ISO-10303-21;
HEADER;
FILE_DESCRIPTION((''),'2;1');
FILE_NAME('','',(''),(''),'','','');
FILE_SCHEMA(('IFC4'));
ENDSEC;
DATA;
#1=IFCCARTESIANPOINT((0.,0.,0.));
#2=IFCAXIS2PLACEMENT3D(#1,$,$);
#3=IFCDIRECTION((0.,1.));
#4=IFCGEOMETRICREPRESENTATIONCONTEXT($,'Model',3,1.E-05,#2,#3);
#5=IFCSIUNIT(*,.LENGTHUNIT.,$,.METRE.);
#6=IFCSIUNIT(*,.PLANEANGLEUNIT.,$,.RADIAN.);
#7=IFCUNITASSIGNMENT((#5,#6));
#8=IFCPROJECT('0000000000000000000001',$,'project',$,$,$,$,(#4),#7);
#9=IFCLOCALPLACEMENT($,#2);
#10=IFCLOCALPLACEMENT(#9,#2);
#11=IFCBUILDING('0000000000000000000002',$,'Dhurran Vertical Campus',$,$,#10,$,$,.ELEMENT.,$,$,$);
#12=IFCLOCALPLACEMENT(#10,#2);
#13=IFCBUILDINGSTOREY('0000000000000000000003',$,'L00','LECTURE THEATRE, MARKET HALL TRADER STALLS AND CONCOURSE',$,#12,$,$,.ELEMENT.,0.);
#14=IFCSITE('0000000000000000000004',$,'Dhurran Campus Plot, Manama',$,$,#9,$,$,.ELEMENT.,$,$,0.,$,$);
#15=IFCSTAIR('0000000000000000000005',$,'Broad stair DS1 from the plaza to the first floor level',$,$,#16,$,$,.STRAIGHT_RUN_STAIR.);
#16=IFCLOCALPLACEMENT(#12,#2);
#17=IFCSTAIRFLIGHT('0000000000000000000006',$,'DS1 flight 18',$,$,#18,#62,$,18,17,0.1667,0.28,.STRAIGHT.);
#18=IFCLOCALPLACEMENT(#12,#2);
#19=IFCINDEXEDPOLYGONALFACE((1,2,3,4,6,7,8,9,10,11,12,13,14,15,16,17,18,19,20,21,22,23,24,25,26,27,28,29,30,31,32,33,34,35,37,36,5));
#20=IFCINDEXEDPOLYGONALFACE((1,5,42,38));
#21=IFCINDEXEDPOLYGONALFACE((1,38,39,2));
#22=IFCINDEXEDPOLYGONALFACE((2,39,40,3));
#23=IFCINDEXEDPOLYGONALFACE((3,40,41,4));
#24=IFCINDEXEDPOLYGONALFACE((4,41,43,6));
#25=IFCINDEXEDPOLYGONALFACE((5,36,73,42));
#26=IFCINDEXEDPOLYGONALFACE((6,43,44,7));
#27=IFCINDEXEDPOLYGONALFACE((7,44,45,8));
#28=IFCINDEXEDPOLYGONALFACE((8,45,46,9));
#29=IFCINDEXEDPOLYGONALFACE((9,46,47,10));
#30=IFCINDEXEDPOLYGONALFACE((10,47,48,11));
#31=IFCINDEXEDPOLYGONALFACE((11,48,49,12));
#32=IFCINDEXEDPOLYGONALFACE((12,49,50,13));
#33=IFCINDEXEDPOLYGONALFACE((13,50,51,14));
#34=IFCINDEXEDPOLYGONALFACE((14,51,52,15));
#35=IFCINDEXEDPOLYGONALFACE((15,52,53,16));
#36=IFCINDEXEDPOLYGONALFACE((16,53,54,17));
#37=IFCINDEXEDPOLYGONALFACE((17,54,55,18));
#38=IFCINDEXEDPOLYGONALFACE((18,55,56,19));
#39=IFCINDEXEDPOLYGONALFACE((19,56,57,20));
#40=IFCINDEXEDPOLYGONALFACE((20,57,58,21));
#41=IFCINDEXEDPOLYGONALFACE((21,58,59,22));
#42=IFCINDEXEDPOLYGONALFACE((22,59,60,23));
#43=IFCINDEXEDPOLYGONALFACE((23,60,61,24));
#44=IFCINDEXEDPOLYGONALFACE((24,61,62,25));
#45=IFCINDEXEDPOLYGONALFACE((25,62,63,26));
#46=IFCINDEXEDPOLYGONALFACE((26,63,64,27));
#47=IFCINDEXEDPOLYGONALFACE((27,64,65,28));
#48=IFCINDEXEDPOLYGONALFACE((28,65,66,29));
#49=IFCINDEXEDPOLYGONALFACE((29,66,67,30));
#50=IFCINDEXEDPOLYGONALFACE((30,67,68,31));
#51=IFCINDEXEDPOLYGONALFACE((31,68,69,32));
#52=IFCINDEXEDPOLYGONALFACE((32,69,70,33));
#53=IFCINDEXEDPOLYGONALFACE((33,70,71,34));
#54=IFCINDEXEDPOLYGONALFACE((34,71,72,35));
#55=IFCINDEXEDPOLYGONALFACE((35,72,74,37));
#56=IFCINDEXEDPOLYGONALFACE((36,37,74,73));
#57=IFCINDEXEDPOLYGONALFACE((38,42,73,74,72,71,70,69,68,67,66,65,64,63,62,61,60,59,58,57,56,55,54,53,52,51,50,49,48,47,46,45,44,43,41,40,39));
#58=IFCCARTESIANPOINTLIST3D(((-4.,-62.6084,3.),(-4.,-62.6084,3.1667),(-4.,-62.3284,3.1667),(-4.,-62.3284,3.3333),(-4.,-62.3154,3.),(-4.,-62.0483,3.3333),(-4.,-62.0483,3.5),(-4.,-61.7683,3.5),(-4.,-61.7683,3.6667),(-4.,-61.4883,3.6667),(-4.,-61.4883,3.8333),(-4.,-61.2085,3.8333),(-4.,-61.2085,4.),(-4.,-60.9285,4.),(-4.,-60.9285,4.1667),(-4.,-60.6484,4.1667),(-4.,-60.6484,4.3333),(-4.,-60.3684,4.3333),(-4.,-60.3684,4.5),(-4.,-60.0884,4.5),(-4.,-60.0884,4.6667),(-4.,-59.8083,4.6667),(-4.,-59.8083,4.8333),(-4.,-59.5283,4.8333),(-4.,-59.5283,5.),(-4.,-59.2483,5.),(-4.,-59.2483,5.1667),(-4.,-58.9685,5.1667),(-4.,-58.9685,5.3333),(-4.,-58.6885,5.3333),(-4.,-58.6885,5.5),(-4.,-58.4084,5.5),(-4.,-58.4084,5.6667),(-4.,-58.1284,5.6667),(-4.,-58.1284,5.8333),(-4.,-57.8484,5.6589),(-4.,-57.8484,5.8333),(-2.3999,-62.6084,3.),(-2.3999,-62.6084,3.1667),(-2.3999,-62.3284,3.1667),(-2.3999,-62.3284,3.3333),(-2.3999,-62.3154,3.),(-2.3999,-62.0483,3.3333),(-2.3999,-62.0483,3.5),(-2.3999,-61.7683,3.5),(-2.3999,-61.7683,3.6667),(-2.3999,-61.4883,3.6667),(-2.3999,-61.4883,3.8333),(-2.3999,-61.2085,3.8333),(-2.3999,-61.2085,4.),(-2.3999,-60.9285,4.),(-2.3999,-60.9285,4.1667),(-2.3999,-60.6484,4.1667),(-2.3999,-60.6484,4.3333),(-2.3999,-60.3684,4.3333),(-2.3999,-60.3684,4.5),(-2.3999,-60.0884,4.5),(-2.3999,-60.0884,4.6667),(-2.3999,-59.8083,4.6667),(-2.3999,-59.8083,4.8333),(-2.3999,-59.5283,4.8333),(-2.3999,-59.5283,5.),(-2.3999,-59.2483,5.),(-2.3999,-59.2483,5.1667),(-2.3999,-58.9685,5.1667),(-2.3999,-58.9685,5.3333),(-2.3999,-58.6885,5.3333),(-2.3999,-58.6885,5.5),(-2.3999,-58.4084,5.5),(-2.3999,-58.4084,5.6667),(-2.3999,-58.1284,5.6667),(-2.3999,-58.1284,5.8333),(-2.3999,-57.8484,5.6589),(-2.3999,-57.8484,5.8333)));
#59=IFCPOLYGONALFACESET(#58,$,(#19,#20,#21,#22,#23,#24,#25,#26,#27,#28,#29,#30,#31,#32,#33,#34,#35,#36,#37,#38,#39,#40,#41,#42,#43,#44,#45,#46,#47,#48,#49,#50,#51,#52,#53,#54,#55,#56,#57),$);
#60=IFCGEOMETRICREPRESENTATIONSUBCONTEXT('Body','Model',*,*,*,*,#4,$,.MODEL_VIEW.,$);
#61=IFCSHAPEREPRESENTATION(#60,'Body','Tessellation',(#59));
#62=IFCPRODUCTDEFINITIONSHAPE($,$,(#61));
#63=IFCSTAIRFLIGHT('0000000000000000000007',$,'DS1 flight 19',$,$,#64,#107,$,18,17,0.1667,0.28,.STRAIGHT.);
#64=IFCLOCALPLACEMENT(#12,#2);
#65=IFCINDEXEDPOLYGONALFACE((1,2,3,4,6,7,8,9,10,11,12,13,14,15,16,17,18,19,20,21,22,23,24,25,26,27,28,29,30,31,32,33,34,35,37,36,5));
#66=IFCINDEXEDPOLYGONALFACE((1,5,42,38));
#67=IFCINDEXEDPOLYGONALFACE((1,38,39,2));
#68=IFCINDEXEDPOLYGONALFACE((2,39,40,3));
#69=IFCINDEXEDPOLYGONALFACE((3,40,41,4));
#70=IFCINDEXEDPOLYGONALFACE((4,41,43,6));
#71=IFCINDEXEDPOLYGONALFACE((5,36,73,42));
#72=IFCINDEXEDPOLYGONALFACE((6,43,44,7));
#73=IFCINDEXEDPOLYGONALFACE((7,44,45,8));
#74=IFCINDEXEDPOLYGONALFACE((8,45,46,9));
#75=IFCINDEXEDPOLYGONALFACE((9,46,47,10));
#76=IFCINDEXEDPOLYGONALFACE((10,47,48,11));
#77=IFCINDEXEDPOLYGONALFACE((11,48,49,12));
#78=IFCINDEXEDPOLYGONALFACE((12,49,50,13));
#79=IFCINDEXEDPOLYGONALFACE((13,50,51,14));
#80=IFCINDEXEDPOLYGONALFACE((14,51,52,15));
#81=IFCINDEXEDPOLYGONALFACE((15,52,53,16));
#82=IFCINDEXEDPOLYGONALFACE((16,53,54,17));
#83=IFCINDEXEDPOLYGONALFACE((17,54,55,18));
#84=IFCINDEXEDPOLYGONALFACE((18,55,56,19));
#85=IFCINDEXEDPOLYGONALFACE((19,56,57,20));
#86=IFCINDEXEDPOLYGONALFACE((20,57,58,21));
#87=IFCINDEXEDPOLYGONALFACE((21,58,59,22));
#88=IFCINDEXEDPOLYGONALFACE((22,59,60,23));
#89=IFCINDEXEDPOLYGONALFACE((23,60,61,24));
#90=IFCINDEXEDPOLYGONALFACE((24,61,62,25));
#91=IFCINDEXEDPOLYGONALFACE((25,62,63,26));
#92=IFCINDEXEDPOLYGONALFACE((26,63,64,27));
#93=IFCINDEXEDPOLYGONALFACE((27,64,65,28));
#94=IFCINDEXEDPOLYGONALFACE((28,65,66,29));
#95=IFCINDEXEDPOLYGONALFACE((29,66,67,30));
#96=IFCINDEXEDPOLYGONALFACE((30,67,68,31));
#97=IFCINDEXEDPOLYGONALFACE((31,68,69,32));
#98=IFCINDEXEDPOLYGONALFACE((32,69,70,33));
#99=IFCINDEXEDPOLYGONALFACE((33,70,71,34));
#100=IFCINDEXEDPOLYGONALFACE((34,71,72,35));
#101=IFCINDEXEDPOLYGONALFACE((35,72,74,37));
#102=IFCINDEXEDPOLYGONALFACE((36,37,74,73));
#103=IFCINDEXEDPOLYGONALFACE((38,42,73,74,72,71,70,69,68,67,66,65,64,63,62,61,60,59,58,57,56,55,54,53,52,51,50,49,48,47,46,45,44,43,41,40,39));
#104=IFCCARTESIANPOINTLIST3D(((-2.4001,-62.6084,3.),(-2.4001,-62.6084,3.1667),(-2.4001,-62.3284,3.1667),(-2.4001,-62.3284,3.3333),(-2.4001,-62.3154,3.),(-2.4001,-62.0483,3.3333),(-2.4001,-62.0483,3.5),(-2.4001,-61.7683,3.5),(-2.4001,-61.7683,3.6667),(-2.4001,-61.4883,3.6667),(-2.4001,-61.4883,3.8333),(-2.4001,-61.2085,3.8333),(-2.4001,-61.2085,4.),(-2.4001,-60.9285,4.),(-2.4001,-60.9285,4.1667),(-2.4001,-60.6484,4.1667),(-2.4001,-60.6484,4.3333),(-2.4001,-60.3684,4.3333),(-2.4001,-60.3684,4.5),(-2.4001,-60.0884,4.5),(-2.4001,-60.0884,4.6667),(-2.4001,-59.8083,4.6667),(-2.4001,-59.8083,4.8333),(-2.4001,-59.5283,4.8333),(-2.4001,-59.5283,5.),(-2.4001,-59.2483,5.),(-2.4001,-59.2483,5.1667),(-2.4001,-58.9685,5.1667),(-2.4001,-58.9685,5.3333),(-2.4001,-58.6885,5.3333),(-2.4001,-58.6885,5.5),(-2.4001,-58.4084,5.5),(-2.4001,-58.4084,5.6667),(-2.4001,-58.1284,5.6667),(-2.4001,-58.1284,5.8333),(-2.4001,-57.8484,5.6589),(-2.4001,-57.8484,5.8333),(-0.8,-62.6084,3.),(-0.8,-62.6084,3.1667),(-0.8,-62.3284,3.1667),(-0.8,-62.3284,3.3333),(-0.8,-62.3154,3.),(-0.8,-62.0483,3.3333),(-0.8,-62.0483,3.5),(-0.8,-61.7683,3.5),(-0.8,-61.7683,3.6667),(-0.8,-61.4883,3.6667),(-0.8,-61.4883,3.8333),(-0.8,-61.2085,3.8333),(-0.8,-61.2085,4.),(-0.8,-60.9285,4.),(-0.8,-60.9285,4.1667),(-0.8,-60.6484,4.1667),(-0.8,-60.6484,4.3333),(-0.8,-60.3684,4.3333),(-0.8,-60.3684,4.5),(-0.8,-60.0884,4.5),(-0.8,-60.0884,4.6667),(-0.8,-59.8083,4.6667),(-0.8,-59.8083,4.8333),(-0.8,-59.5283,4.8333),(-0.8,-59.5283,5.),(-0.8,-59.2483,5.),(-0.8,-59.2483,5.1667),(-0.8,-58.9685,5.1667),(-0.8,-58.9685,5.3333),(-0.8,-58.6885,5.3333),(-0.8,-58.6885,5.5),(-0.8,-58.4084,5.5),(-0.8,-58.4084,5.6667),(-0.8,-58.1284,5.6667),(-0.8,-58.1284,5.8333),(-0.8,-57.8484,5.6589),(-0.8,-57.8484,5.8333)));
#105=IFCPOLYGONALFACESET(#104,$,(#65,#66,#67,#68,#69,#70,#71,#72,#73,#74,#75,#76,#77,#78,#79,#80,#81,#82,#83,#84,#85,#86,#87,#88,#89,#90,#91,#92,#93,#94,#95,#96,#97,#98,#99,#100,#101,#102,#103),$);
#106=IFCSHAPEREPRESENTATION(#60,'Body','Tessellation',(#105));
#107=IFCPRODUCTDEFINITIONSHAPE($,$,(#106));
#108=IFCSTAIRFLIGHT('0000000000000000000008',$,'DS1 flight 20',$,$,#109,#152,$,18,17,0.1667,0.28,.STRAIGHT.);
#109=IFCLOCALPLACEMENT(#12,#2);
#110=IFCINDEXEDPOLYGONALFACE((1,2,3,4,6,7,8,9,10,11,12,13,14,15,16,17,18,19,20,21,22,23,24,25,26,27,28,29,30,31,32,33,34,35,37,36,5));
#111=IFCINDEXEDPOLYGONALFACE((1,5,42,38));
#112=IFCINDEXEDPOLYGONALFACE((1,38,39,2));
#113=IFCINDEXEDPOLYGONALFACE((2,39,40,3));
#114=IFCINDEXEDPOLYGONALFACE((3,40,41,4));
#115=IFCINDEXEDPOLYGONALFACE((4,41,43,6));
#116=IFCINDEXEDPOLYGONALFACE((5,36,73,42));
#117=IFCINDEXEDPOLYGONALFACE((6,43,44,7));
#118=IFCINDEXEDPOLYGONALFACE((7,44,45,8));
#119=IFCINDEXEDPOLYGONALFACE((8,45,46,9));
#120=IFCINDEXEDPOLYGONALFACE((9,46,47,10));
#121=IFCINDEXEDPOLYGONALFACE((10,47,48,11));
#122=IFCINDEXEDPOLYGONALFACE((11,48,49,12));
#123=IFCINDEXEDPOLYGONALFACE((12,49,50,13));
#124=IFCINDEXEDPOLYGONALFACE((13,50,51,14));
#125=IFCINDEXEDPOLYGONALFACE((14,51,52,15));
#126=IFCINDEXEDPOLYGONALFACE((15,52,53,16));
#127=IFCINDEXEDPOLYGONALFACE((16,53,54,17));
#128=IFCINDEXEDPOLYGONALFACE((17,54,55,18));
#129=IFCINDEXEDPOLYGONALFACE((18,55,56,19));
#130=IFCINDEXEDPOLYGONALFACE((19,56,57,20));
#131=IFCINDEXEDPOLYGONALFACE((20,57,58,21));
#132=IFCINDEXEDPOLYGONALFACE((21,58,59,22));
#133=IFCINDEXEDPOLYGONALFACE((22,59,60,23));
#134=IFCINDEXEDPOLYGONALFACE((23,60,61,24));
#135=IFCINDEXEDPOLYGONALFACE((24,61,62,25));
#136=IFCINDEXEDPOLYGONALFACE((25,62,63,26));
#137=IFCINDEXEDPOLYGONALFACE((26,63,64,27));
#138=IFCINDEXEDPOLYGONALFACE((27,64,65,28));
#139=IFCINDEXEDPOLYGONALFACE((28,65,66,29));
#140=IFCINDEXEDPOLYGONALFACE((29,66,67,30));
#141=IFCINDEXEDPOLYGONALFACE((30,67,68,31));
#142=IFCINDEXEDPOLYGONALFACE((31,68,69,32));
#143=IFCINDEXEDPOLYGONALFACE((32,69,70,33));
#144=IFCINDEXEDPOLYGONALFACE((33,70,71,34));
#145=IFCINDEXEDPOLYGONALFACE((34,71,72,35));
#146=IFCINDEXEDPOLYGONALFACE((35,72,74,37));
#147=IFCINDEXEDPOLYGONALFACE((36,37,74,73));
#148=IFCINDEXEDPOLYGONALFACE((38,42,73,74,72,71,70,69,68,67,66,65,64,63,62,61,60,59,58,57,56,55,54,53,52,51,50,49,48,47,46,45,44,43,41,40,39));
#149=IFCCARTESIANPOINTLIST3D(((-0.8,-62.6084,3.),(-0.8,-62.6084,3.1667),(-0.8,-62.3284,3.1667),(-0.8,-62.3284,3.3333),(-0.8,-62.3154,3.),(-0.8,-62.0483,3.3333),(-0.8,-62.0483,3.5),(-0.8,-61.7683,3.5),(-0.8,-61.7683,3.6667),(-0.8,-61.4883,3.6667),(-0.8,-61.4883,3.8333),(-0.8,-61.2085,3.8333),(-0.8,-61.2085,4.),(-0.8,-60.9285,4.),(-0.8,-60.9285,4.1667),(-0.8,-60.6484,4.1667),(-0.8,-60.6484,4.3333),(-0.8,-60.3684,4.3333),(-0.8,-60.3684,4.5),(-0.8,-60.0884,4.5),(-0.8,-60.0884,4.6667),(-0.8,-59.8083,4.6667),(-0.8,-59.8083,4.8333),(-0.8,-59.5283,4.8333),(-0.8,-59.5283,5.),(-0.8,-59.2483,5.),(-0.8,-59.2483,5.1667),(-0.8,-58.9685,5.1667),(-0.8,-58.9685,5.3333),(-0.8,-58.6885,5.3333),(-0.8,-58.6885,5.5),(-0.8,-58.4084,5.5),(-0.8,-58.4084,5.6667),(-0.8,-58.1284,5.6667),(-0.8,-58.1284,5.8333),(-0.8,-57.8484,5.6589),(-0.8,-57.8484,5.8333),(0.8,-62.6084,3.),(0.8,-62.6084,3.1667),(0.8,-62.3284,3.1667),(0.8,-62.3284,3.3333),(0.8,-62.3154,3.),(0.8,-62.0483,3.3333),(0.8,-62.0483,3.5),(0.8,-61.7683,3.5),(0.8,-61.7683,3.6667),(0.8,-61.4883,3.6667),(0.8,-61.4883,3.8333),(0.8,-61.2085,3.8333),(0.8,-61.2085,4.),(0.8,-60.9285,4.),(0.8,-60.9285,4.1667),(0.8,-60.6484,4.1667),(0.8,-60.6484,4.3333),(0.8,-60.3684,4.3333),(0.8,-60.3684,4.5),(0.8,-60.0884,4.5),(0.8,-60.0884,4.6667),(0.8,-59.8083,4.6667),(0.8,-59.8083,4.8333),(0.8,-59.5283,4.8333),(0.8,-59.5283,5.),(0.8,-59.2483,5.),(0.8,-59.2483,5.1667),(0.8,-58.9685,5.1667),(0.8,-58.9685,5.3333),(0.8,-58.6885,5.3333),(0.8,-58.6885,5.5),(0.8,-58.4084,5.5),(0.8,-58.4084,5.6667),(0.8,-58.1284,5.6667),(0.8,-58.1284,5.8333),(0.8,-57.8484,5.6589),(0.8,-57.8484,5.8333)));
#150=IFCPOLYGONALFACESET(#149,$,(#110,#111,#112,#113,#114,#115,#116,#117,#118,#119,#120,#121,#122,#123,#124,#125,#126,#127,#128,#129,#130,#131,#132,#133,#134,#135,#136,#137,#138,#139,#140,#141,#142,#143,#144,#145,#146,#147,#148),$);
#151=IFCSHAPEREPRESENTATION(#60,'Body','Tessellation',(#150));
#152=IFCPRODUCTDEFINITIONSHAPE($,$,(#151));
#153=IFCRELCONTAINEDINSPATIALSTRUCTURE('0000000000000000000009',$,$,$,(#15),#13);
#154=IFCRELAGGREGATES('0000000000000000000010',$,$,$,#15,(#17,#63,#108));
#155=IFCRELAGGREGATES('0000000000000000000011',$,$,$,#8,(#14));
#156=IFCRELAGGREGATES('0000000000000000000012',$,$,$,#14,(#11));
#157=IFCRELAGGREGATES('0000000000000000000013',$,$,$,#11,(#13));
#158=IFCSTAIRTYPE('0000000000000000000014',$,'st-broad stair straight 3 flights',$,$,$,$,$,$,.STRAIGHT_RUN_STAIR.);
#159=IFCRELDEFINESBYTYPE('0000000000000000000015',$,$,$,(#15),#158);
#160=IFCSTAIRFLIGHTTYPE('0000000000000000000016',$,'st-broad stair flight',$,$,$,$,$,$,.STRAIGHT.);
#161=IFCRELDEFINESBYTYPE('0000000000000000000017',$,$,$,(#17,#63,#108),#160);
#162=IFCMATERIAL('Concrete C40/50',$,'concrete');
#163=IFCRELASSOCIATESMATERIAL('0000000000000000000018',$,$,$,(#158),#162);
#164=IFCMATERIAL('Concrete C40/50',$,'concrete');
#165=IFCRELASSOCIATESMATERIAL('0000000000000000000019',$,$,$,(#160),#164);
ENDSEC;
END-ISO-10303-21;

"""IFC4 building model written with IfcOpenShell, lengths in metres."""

from ifc_helpers import new_model, si_unit, direction, frame, origin, place, context, subcontext, project, spatial, polyline, outline, extrude, material, type_object, element, aggregate, save


model = new_model("IFC4")

# Units and contexts
model_context = context("Model", 3, precision=1e-05, world=origin(), true_north=direction((0.0, 1.0)))
body_context = subcontext(model_context, "Body", "Model", "MODEL_VIEW")
ifc_project = project(units=[si_unit("LENGTHUNIT", "METRE"), si_unit("PLANEANGLEUNIT", "RADIAN")], contexts=[model_context])

# Site, building, storey
site_placement = place(None, origin())
site = spatial("IfcSite", under=ifc_project, at=site_placement, Name="Dhurran Campus Plot, Manama", CompositionType="ELEMENT", RefElevation=0.0)
building_placement = place(site_placement, origin())
building = spatial("IfcBuilding", under=site, at=building_placement, Name="Dhurran Vertical Campus", CompositionType="ELEMENT")
storey_placement = place(building_placement, origin())
storey = spatial("IfcBuildingStorey", under=building, at=storey_placement, Name="L00", Description="LECTURE THEATRE, MARKET HALL TRADER STALLS AND CONCOURSE", CompositionType="ELEMENT", Elevation=0.0)

# Stair, stair flights
ifc_material_1 = material(Name="Concrete C40/50", Category="concrete")
stair_type = type_object("IfcStairType", Name="st-broad stair straight 3 flights", PredefinedType="STRAIGHT_RUN_STAIR", material=ifc_material_1)
stair_placement = place(storey_placement, origin())
stair = element("IfcStair", 1, at=stair_placement, inside=storey, type_object=stair_type, Name="Broad stair DS1 from the plaza to the first floor level", PredefinedType="STRAIGHT_RUN_STAIR")
ifc_material_2 = material(Name="Concrete C40/50", Category="concrete")
stair_flight_type = type_object("IfcStairFlightType", Name="st-broad stair flight", PredefinedType="STRAIGHT", material=ifc_material_2)
stair_flight_1_placement = place(storey_placement, frame((-3.2, -62.6084, 3.0), z_axis=(0.0, 0.0, 1.0), x_axis=(0.0, 1.0, 0.0)))
stair_flight_1 = element("IfcStairFlight", 2, at=stair_flight_1_placement, type_object=stair_flight_type, Name="DS1 flight 18", NumberOfRisers=18, NumberOfTreads=17, PredefinedType="STRAIGHT", RiserHeight=0.1667, TreadLength=0.28, context=body_context, shape_type="SweptSolid", body=[
    extrude(outline(polyline([(0.0, 0.0), (0.0, 0.1667), (0.28, 0.1667), (0.28, 0.3333), (0.5601, 0.3333), (0.5601, 0.5), (0.8401, 0.5), (0.8401, 0.6667), (1.1201, 0.6667), (1.1201, 0.8333), (1.3999, 0.8333), (1.3999, 1.0), (1.6799, 1.0), (1.6799, 1.1667), (1.96, 1.1667), (1.96, 1.3333), (2.24, 1.3333), (2.24, 1.5), (2.52, 1.5), (2.52, 1.6667), (2.8, 1.6667), (2.8, 1.8333), (3.0801, 1.8333), (3.0801, 2.0), (3.3601, 2.0), (3.3601, 2.1667), (3.6399, 2.1667), (3.6399, 2.3333), (3.9199, 2.3333), (3.9199, 2.5), (4.2, 2.5), (4.2, 2.6667), (4.48, 2.6667), (4.48, 2.8333), (4.76, 2.8333), (4.76, 3.0), (4.76, 2.6589), (0.293, 0.0), (0.0, 0.0)])), frame((0.0, 0.8, 0.0), z_axis=(0.0, -1.0, 0.0), x_axis=(1.0, 0.0, 0.0)), (0.0, 0.0, 1.0), 1.6001),
])
stair_flight_2_placement = place(storey_placement, frame((-1.6001, -62.6084, 3.0), z_axis=(0.0, 0.0, 1.0), x_axis=(0.0, 1.0, 0.0)))
stair_flight_2 = element("IfcStairFlight", 3, at=stair_flight_2_placement, type_object=stair_flight_type, Name="DS1 flight 19", NumberOfRisers=18, NumberOfTreads=17, PredefinedType="STRAIGHT", RiserHeight=0.1667, TreadLength=0.28, context=body_context, shape_type="SweptSolid", body=[
    extrude(outline(polyline([(0.0, 0.0), (0.0, 0.1667), (0.28, 0.1667), (0.28, 0.3333), (0.5601, 0.3333), (0.5601, 0.5), (0.8401, 0.5), (0.8401, 0.6667), (1.1201, 0.6667), (1.1201, 0.8333), (1.3999, 0.8333), (1.3999, 1.0), (1.6799, 1.0), (1.6799, 1.1667), (1.96, 1.1667), (1.96, 1.3333), (2.24, 1.3333), (2.24, 1.5), (2.52, 1.5), (2.52, 1.6667), (2.8, 1.6667), (2.8, 1.8333), (3.0801, 1.8333), (3.0801, 2.0), (3.3601, 2.0), (3.3601, 2.1667), (3.6399, 2.1667), (3.6399, 2.3333), (3.9199, 2.3333), (3.9199, 2.5), (4.2, 2.5), (4.2, 2.6667), (4.48, 2.6667), (4.48, 2.8333), (4.76, 2.8333), (4.76, 3.0), (4.76, 2.6589), (0.293, 0.0), (0.0, 0.0)])), frame((0.0, 0.8, 0.0), z_axis=(0.0, -1.0, 0.0), x_axis=(1.0, 0.0, 0.0)), (0.0, 0.0, 1.0), 1.6001),
])
stair_flight_3_placement = place(storey_placement, frame((0.0, -62.6084, 3.0), z_axis=(0.0, 0.0, 1.0), x_axis=(0.0, 1.0, 0.0)))
stair_flight_3 = element("IfcStairFlight", 4, at=stair_flight_3_placement, type_object=stair_flight_type, Name="DS1 flight 20", NumberOfRisers=18, NumberOfTreads=17, PredefinedType="STRAIGHT", RiserHeight=0.1667, TreadLength=0.28, context=body_context, shape_type="SweptSolid", body=[
    extrude(outline(polyline([(0.0, 0.0), (0.0, 0.1667), (0.28, 0.1667), (0.28, 0.3333), (0.5601, 0.3333), (0.5601, 0.5), (0.8401, 0.5), (0.8401, 0.6667), (1.1201, 0.6667), (1.1201, 0.8333), (1.3999, 0.8333), (1.3999, 1.0), (1.6799, 1.0), (1.6799, 1.1667), (1.96, 1.1667), (1.96, 1.3333), (2.24, 1.3333), (2.24, 1.5), (2.52, 1.5), (2.52, 1.6667), (2.8, 1.6667), (2.8, 1.8333), (3.0801, 1.8333), (3.0801, 2.0), (3.3601, 2.0), (3.3601, 2.1667), (3.6399, 2.1667), (3.6399, 2.3333), (3.9199, 2.3333), (3.9199, 2.5), (4.2, 2.5), (4.2, 2.6667), (4.48, 2.6667), (4.48, 2.8333), (4.76, 2.8333), (4.76, 3.0), (4.76, 2.6589), (0.293, 0.0), (0.0, 0.0)])), frame((0.0, 0.8, 0.0), z_axis=(0.0, -1.0, 0.0), x_axis=(1.0, 0.0, 0.0)), (0.0, 0.0, 1.0), 1.6001),
])
aggregate(stair, [stair_flight_1, stair_flight_2, stair_flight_3])

save(model, "model.ifc")
